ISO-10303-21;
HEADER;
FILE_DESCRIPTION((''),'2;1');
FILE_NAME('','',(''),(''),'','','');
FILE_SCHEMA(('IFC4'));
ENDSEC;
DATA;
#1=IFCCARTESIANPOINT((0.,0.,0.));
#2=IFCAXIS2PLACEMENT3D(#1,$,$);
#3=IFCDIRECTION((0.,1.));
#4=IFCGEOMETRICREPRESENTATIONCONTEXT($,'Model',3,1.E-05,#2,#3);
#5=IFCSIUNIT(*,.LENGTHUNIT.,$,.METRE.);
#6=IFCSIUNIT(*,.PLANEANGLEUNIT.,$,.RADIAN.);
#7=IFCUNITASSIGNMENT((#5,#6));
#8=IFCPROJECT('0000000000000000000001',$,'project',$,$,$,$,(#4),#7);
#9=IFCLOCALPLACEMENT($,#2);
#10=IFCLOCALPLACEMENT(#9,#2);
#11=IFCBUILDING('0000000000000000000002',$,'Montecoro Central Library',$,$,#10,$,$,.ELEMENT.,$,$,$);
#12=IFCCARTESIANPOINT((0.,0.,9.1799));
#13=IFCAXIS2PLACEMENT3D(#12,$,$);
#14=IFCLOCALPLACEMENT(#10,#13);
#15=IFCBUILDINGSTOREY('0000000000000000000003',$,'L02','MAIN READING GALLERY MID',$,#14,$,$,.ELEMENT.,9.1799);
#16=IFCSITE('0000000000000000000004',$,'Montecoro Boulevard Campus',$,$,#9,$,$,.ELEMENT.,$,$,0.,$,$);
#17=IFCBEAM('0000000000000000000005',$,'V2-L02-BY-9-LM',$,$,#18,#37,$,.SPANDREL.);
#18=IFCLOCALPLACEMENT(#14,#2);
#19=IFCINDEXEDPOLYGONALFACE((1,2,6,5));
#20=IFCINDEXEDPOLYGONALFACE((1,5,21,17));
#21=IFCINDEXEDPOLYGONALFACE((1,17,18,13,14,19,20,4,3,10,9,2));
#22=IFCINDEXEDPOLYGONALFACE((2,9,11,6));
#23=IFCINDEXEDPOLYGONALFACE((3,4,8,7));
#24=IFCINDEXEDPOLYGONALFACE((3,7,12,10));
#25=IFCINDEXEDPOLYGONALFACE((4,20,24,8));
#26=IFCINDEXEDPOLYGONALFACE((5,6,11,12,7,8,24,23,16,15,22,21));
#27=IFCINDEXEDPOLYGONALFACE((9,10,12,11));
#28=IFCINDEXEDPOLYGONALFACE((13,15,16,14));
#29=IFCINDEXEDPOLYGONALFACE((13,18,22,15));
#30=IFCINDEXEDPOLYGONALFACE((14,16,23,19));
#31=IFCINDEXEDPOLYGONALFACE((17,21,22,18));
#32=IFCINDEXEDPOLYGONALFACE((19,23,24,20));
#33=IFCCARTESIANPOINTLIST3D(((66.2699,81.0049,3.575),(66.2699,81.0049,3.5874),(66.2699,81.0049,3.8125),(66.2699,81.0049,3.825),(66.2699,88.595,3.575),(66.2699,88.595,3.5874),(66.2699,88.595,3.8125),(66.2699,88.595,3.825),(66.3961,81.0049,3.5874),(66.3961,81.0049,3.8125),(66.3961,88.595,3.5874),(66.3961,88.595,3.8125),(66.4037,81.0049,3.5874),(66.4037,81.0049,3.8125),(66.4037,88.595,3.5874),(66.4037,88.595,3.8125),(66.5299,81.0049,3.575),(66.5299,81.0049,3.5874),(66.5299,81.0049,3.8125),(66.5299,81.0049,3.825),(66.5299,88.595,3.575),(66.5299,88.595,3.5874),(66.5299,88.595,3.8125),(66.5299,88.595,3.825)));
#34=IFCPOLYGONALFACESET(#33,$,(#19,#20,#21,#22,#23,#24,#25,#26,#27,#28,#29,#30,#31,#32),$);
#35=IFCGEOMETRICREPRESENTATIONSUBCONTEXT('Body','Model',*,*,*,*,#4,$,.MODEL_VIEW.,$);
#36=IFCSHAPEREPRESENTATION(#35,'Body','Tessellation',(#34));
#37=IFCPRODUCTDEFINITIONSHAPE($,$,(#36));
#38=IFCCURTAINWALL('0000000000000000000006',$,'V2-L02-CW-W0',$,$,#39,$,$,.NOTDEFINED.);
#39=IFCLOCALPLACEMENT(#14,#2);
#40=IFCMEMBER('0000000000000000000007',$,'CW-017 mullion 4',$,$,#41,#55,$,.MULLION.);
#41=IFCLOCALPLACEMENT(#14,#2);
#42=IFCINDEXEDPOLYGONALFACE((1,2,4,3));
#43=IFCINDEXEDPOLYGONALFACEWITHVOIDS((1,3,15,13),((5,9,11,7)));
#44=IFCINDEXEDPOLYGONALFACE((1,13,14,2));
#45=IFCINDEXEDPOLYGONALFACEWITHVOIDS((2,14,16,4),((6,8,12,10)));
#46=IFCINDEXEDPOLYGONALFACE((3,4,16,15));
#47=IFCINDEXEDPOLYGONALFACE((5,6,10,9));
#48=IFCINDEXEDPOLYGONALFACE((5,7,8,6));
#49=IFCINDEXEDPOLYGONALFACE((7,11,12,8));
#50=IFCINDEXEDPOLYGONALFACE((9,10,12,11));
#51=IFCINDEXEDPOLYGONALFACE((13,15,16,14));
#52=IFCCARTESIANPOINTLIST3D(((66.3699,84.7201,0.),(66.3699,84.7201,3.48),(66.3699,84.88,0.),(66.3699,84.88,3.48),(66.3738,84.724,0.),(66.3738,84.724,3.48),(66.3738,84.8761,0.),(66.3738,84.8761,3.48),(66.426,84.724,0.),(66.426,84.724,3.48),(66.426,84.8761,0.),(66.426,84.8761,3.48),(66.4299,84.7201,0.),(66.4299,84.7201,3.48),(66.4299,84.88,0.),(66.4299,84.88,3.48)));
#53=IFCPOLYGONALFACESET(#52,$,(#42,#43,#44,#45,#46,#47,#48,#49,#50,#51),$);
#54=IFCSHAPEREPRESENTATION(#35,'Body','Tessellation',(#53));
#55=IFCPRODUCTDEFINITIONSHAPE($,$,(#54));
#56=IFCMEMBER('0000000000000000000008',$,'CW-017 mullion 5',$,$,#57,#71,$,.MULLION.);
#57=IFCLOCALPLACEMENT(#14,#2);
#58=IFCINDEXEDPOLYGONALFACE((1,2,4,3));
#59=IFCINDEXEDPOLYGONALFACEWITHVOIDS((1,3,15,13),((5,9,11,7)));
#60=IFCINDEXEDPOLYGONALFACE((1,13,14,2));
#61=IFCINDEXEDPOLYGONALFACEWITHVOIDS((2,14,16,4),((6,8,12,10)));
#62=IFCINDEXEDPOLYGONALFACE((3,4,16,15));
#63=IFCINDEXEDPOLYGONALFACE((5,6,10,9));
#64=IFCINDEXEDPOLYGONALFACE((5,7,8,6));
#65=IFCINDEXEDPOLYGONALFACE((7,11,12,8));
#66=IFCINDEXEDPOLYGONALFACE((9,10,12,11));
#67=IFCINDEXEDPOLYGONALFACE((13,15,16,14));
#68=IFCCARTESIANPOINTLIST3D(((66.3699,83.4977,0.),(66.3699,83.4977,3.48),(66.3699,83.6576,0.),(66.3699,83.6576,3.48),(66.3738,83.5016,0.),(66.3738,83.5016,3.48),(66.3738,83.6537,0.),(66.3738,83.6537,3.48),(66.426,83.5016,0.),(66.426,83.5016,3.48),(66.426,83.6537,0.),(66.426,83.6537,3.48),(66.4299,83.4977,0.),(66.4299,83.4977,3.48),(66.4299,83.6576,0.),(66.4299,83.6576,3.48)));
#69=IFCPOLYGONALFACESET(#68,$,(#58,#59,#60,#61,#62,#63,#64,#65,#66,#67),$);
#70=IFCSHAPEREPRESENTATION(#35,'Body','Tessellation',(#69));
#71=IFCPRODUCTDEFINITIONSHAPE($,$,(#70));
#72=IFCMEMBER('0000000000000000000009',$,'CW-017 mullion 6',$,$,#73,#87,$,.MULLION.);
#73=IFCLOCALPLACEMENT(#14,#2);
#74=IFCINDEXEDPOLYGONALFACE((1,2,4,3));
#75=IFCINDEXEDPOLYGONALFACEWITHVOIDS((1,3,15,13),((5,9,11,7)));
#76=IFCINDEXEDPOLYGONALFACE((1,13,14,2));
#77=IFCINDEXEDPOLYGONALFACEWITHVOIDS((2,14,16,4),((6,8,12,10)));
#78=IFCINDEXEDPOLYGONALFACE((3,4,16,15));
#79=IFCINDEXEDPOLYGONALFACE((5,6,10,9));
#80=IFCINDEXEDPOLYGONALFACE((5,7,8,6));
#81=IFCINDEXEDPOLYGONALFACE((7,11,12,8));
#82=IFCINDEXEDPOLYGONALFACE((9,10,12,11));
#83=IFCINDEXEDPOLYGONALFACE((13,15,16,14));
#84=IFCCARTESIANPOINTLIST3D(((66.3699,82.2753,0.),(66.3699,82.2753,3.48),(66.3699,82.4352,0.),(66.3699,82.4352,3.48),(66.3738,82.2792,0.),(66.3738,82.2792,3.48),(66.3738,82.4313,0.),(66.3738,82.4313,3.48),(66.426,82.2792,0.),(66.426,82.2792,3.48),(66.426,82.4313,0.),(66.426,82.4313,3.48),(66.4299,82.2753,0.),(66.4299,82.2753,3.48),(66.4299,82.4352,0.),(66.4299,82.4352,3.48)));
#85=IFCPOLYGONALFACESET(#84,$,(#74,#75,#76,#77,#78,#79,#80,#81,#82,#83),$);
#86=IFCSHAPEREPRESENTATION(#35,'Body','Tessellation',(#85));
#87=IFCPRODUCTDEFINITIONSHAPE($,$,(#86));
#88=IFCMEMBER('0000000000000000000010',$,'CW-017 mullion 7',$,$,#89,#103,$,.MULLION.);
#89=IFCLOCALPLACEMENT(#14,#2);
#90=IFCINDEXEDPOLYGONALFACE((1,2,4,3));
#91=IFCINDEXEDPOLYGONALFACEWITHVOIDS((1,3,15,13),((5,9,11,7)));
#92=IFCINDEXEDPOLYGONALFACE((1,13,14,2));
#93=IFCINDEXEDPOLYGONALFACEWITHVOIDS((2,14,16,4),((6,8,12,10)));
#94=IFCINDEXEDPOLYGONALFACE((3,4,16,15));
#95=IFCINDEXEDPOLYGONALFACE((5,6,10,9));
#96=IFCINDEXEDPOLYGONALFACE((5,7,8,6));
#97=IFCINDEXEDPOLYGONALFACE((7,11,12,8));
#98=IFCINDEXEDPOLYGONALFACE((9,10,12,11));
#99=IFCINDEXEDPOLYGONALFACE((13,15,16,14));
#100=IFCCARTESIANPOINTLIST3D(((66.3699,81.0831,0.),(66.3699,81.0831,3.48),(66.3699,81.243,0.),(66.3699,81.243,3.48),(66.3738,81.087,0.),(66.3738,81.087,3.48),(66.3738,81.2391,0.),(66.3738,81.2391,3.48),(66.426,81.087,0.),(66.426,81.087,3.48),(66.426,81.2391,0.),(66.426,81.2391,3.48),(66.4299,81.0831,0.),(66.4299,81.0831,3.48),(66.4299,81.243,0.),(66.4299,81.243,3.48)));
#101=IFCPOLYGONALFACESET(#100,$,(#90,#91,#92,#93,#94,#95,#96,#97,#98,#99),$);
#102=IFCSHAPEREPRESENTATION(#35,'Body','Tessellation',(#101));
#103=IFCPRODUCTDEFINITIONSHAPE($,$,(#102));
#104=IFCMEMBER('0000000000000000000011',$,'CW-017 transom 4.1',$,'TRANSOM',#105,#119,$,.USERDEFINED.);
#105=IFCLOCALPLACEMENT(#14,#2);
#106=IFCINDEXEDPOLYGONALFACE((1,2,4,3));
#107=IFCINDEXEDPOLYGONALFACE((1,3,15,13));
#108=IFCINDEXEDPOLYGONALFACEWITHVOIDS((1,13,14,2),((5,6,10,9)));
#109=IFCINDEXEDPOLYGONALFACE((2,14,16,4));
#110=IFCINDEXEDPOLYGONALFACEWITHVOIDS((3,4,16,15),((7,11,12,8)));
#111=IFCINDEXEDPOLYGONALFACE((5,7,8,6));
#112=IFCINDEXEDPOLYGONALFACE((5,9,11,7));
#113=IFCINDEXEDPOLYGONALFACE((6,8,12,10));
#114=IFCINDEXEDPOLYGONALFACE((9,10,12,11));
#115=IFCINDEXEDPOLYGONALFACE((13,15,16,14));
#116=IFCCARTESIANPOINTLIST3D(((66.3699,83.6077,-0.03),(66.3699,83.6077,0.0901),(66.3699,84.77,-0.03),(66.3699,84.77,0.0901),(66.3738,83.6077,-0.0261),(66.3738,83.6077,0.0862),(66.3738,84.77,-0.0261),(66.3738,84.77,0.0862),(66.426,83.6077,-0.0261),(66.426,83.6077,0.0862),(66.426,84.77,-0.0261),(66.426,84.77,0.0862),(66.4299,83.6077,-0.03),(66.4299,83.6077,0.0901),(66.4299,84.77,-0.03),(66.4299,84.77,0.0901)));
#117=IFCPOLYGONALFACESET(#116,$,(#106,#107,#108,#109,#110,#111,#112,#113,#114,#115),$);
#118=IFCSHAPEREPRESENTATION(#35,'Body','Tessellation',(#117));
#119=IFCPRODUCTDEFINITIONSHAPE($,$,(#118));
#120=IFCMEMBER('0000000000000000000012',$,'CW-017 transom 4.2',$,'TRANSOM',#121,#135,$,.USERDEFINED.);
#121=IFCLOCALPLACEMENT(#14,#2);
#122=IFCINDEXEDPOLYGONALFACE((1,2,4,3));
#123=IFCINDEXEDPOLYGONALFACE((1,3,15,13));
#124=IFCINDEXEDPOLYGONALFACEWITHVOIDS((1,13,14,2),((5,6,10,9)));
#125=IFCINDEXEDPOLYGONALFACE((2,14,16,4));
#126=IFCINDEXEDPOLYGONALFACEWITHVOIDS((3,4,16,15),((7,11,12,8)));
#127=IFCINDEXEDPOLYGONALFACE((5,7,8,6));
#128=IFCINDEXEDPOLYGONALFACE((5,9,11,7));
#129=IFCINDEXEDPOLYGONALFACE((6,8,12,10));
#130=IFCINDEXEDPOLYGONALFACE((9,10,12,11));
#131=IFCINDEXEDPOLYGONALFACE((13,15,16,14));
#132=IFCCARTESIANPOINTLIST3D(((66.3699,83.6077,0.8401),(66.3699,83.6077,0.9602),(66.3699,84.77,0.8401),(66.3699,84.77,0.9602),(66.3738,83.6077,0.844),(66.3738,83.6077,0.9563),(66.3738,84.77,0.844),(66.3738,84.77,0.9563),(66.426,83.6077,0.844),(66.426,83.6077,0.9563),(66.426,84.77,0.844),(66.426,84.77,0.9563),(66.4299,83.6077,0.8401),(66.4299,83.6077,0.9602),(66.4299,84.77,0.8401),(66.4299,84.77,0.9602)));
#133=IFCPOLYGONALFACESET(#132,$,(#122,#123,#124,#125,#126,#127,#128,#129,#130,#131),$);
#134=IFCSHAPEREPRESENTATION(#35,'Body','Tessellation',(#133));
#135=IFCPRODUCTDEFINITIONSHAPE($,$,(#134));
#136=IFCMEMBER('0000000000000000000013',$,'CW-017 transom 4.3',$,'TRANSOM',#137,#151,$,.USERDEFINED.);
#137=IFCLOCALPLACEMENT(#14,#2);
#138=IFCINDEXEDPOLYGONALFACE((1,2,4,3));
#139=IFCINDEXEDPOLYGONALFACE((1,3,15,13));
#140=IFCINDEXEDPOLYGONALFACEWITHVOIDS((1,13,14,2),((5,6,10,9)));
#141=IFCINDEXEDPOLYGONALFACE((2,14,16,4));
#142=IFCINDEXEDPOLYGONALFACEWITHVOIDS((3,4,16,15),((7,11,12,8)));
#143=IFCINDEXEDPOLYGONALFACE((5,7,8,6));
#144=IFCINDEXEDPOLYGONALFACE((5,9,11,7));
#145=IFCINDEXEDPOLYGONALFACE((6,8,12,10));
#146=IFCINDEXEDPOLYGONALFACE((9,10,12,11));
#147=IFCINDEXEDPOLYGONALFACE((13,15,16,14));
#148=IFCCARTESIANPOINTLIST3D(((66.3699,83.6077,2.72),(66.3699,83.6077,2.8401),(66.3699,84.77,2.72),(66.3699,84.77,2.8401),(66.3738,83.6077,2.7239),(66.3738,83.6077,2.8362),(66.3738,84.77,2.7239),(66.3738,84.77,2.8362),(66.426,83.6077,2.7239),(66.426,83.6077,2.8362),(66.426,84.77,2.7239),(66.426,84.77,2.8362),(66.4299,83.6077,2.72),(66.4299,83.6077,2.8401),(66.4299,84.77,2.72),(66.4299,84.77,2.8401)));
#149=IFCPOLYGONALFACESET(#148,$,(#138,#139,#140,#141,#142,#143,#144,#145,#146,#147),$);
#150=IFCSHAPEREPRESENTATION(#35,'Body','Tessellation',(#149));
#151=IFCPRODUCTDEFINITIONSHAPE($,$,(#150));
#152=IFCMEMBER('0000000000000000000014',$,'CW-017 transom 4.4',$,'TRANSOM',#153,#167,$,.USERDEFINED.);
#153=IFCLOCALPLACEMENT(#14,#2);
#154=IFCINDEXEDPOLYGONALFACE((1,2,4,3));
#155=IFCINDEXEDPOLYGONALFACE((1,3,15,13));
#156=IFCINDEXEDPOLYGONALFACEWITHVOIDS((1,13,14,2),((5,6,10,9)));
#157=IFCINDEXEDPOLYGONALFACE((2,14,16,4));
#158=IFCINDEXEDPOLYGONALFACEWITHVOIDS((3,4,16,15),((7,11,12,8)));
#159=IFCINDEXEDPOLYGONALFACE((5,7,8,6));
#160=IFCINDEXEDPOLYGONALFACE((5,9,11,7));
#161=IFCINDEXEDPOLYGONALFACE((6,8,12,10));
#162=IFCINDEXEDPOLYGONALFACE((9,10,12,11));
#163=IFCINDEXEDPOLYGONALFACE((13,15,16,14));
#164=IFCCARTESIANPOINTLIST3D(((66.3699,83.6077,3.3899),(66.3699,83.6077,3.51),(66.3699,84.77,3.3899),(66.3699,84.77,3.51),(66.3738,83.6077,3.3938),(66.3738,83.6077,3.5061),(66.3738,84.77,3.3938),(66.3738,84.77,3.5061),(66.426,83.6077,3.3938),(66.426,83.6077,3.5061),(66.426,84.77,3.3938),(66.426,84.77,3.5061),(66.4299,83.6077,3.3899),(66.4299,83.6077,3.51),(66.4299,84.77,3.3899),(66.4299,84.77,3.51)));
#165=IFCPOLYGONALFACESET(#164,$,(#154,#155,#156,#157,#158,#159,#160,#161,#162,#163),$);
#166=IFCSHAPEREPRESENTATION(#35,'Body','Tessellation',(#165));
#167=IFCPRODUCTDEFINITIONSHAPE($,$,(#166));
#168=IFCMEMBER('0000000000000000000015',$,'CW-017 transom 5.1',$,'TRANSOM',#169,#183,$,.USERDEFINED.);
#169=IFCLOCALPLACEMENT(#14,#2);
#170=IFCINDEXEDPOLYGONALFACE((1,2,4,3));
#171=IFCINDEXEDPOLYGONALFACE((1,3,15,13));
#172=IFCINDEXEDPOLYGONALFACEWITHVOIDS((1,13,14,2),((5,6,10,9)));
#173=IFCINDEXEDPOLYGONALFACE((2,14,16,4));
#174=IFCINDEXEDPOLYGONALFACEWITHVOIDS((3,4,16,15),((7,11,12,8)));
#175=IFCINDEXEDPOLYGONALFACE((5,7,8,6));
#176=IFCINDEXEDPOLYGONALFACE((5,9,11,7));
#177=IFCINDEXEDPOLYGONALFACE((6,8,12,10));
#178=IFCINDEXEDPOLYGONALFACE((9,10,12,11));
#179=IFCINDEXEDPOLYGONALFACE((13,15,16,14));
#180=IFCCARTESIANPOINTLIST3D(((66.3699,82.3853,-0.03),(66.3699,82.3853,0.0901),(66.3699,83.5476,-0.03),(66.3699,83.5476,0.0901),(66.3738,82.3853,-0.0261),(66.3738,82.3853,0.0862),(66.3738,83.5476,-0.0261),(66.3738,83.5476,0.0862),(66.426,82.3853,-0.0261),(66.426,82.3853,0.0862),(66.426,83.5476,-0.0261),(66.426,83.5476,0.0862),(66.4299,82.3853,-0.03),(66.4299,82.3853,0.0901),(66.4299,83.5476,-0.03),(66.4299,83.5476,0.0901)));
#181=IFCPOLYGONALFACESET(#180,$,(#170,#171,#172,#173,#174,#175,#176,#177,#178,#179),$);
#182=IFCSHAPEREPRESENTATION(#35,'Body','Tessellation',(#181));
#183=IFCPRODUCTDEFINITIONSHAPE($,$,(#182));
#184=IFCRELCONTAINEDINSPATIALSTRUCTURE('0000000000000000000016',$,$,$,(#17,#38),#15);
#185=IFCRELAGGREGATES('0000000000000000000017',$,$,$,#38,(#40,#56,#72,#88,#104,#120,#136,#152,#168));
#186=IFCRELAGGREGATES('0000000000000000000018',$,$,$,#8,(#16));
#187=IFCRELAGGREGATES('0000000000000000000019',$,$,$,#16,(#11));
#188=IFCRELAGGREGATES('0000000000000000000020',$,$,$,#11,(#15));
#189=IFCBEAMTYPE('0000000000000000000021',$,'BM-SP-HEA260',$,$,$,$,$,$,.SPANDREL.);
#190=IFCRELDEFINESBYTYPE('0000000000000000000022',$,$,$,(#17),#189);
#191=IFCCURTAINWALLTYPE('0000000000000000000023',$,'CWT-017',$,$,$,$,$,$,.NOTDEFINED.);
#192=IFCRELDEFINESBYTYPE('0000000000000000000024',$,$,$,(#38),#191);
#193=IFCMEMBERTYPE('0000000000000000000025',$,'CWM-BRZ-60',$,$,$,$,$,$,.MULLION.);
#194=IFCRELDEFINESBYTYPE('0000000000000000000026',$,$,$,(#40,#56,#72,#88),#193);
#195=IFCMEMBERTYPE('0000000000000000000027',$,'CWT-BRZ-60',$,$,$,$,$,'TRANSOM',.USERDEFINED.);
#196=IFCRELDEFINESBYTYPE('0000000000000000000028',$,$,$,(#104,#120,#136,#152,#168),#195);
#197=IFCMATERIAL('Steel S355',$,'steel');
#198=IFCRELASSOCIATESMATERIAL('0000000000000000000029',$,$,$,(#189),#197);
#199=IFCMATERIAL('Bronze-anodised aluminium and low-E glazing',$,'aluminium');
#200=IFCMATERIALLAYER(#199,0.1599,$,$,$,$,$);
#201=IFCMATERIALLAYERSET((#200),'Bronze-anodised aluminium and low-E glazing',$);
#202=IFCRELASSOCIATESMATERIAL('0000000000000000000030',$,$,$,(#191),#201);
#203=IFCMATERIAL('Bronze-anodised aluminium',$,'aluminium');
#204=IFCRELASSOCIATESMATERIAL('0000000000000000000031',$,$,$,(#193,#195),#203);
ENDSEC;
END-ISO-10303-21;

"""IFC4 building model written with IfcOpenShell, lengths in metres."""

from ifc_helpers import new_model, si_unit, direction, frame, origin, origin_2d, place, context, subcontext, project, spatial, hollow_rectangle, i_section, extrude, material, layer, layer_set, material_profile, profile_set, type_object, element, aggregate, save


model = new_model("IFC4")

# Units and contexts
model_context = context("Model", 3, precision=1e-05, world=origin(), true_north=direction((0.0, 1.0)))
body_context = subcontext(model_context, "Body", "Model", "MODEL_VIEW")
ifc_project = project(units=[si_unit("LENGTHUNIT", "METRE"), si_unit("PLANEANGLEUNIT", "RADIAN")], contexts=[model_context])

# Site, building, storey
site_placement = place(None, origin())
site = spatial("IfcSite", under=ifc_project, at=site_placement, Name="Montecoro Boulevard Campus", CompositionType="ELEMENT", RefElevation=0.0)
building_placement = place(site_placement, origin())
building = spatial("IfcBuilding", under=site, at=building_placement, Name="Montecoro Central Library", CompositionType="ELEMENT")
storey_placement = place(building_placement, frame((0.0, 0.0, 9.1799)))
storey = spatial("IfcBuildingStorey", under=building, at=storey_placement, Name="L02", Description="MAIN READING GALLERY MID", CompositionType="ELEMENT", Elevation=9.1799)

# Beam
ifc_material_1 = material(Name="Steel S355", Category="steel")
ifc_material_profile_1 = material_profile(ifc_material_1, i_section(OverallWidth=0.26, OverallDepth=0.25, WebThickness=0.0076, FlangeThickness=0.0125, at=origin_2d()), Name="HEA 260")
ifc_profile_set_1 = profile_set([ifc_material_profile_1], Name="Steel S355")
beam_type = type_object("IfcBeamType", Name="BM-SP-HEA260", PredefinedType="SPANDREL", material=ifc_profile_set_1)
beam_placement = place(storey_placement, frame((66.3999, 81.0049, 3.7), z_axis=(0.0, 1.0, 0.0), x_axis=(-1.0, 0.0, 0.0)))
element("IfcBeam", 1, at=beam_placement, inside=storey, type_object=beam_type, Name="V2-L02-BY-9-LM", PredefinedType="SPANDREL", context=body_context, shape_type="SweptSolid", body=[
    extrude(i_section(OverallWidth=0.26, OverallDepth=0.25, WebThickness=0.0076, FlangeThickness=0.0125, at=origin_2d()), origin(), (0.0, 0.0, 1.0), 7.5901),
])

# Curtain wall, members
ifc_material_2 = material(Name="Bronze-anodised aluminium and low-E glazing", Category="aluminium")
ifc_layer_1 = layer(ifc_material_2, 0.1599)
ifc_layer_set_1 = layer_set([ifc_layer_1], Name="Bronze-anodised aluminium and low-E glazing")
curtain_wall_type = type_object("IfcCurtainWallType", Name="CWT-017", PredefinedType="NOTDEFINED", material=ifc_layer_set_1)
curtain_wall_placement = place(storey_placement, origin())
curtain_wall = element("IfcCurtainWall", 2, at=curtain_wall_placement, inside=storey, type_object=curtain_wall_type, Name="V2-L02-CW-W0", PredefinedType="NOTDEFINED")
ifc_material_3 = material(Name="Bronze-anodised aluminium", Category="aluminium")
ifc_material_profile_2 = material_profile(ifc_material_3, hollow_rectangle(XDim=0.0601, YDim=0.1599, WallThickness=0.0039, at=origin_2d()), Name="CWM 160x60x4.0")
ifc_profile_set_2 = profile_set([ifc_material_profile_2], Name="Bronze-anodised aluminium")
member_type_1 = type_object("IfcMemberType", Name="CWM-BRZ-60", PredefinedType="MULLION", material=ifc_profile_set_2)
member_1_placement = place(storey_placement, frame((66.3999, 84.8, 0.0), z_axis=(0.0, 0.0, 1.0), x_axis=(1.0, 0.0, 0.0)))
member_1 = element("IfcMember", 3, at=member_1_placement, type_object=member_type_1, Name="CW-017 mullion 4", PredefinedType="MULLION", context=body_context, shape_type="SweptSolid", body=[
    extrude(hollow_rectangle(XDim=0.0601, YDim=0.1599, WallThickness=0.0039, at=origin_2d()), origin(), (0.0, 0.0, 1.0), 3.48),
])
member_2_placement = place(storey_placement, frame((66.3999, 83.5776, 0.0), z_axis=(0.0, 0.0, 1.0), x_axis=(1.0, 0.0, 0.0)))
member_2 = element("IfcMember", 4, at=member_2_placement, type_object=member_type_1, Name="CW-017 mullion 5", PredefinedType="MULLION", context=body_context, shape_type="SweptSolid", body=[
    extrude(hollow_rectangle(XDim=0.0601, YDim=0.1599, WallThickness=0.0039, at=origin_2d()), origin(), (0.0, 0.0, 1.0), 3.48),
])
member_3_placement = place(storey_placement, frame((66.3999, 82.3552, 0.0), z_axis=(0.0, 0.0, 1.0), x_axis=(1.0, 0.0, 0.0)))
member_3 = element("IfcMember", 5, at=member_3_placement, type_object=member_type_1, Name="CW-017 mullion 6", PredefinedType="MULLION", context=body_context, shape_type="SweptSolid", body=[
    extrude(hollow_rectangle(XDim=0.0601, YDim=0.1599, WallThickness=0.0039, at=origin_2d()), origin(), (0.0, 0.0, 1.0), 3.48),
])
member_4_placement = place(storey_placement, frame((66.3999, 81.1631, 0.0), z_axis=(0.0, 0.0, 1.0), x_axis=(1.0, 0.0, 0.0)))
member_4 = element("IfcMember", 6, at=member_4_placement, type_object=member_type_1, Name="CW-017 mullion 7", PredefinedType="MULLION", context=body_context, shape_type="SweptSolid", body=[
    extrude(hollow_rectangle(XDim=0.0601, YDim=0.1599, WallThickness=0.0039, at=origin_2d()), origin(), (0.0, 0.0, 1.0), 3.48),
])
ifc_material_profile_3 = material_profile(ifc_material_3, hollow_rectangle(XDim=0.0601, YDim=0.1201, WallThickness=0.0039, at=origin_2d()), Name="CWT 120x60x4.0")
ifc_profile_set_3 = profile_set([ifc_material_profile_3], Name="Bronze-anodised aluminium")
member_type_2 = type_object("IfcMemberType", Name="CWT-BRZ-60", ElementType="TRANSOM", PredefinedType="USERDEFINED", material=ifc_profile_set_3)
member_5_placement = place(storey_placement, frame((66.3999, 84.77, 0.03), z_axis=(0.0, -1.0, 0.0), x_axis=(1.0, 0.0, 0.0)))
member_5 = element("IfcMember", 7, at=member_5_placement, type_object=member_type_2, Name="CW-017 transom 4.1", ObjectType="TRANSOM", PredefinedType="USERDEFINED", context=body_context, shape_type="SweptSolid", body=[
    extrude(hollow_rectangle(XDim=0.0601, YDim=0.1201, WallThickness=0.0039, at=origin_2d()), origin(), (0.0, 0.0, 1.0), 1.1624),
])
member_6_placement = place(storey_placement, frame((66.3999, 84.77, 0.9001), z_axis=(0.0, -1.0, 0.0), x_axis=(1.0, 0.0, 0.0)))
member_6 = element("IfcMember", 8, at=member_6_placement, type_object=member_type_2, Name="CW-017 transom 4.2", ObjectType="TRANSOM", PredefinedType="USERDEFINED", context=body_context, shape_type="SweptSolid", body=[
    extrude(hollow_rectangle(XDim=0.0601, YDim=0.1201, WallThickness=0.0039, at=origin_2d()), origin(), (0.0, 0.0, 1.0), 1.1624),
])
member_7_placement = place(storey_placement, frame((66.3999, 84.77, 2.78), z_axis=(0.0, -1.0, 0.0), x_axis=(1.0, 0.0, 0.0)))
member_7 = element("IfcMember", 9, at=member_7_placement, type_object=member_type_2, Name="CW-017 transom 4.3", ObjectType="TRANSOM", PredefinedType="USERDEFINED", context=body_context, shape_type="SweptSolid", body=[
    extrude(hollow_rectangle(XDim=0.0601, YDim=0.1201, WallThickness=0.0039, at=origin_2d()), origin(), (0.0, 0.0, 1.0), 1.1624),
])
member_8_placement = place(storey_placement, frame((66.3999, 84.77, 3.45), z_axis=(0.0, -1.0, 0.0), x_axis=(1.0, 0.0, 0.0)))
member_8 = element("IfcMember", 10, at=member_8_placement, type_object=member_type_2, Name="CW-017 transom 4.4", ObjectType="TRANSOM", PredefinedType="USERDEFINED", context=body_context, shape_type="SweptSolid", body=[
    extrude(hollow_rectangle(XDim=0.0601, YDim=0.1201, WallThickness=0.0039, at=origin_2d()), origin(), (0.0, 0.0, 1.0), 1.1624),
])
member_9_placement = place(storey_placement, frame((66.3999, 83.5476, 0.03), z_axis=(0.0, -1.0, 0.0), x_axis=(1.0, 0.0, 0.0)))
member_9 = element("IfcMember", 11, at=member_9_placement, type_object=member_type_2, Name="CW-017 transom 5.1", ObjectType="TRANSOM", PredefinedType="USERDEFINED", context=body_context, shape_type="SweptSolid", body=[
    extrude(hollow_rectangle(XDim=0.0601, YDim=0.1201, WallThickness=0.0039, at=origin_2d()), origin(), (0.0, 0.0, 1.0), 1.1624),
])
aggregate(curtain_wall, [member_1, member_2, member_3, member_4, member_5, member_6, member_7, member_8, member_9])

save(model, "model.ifc")
